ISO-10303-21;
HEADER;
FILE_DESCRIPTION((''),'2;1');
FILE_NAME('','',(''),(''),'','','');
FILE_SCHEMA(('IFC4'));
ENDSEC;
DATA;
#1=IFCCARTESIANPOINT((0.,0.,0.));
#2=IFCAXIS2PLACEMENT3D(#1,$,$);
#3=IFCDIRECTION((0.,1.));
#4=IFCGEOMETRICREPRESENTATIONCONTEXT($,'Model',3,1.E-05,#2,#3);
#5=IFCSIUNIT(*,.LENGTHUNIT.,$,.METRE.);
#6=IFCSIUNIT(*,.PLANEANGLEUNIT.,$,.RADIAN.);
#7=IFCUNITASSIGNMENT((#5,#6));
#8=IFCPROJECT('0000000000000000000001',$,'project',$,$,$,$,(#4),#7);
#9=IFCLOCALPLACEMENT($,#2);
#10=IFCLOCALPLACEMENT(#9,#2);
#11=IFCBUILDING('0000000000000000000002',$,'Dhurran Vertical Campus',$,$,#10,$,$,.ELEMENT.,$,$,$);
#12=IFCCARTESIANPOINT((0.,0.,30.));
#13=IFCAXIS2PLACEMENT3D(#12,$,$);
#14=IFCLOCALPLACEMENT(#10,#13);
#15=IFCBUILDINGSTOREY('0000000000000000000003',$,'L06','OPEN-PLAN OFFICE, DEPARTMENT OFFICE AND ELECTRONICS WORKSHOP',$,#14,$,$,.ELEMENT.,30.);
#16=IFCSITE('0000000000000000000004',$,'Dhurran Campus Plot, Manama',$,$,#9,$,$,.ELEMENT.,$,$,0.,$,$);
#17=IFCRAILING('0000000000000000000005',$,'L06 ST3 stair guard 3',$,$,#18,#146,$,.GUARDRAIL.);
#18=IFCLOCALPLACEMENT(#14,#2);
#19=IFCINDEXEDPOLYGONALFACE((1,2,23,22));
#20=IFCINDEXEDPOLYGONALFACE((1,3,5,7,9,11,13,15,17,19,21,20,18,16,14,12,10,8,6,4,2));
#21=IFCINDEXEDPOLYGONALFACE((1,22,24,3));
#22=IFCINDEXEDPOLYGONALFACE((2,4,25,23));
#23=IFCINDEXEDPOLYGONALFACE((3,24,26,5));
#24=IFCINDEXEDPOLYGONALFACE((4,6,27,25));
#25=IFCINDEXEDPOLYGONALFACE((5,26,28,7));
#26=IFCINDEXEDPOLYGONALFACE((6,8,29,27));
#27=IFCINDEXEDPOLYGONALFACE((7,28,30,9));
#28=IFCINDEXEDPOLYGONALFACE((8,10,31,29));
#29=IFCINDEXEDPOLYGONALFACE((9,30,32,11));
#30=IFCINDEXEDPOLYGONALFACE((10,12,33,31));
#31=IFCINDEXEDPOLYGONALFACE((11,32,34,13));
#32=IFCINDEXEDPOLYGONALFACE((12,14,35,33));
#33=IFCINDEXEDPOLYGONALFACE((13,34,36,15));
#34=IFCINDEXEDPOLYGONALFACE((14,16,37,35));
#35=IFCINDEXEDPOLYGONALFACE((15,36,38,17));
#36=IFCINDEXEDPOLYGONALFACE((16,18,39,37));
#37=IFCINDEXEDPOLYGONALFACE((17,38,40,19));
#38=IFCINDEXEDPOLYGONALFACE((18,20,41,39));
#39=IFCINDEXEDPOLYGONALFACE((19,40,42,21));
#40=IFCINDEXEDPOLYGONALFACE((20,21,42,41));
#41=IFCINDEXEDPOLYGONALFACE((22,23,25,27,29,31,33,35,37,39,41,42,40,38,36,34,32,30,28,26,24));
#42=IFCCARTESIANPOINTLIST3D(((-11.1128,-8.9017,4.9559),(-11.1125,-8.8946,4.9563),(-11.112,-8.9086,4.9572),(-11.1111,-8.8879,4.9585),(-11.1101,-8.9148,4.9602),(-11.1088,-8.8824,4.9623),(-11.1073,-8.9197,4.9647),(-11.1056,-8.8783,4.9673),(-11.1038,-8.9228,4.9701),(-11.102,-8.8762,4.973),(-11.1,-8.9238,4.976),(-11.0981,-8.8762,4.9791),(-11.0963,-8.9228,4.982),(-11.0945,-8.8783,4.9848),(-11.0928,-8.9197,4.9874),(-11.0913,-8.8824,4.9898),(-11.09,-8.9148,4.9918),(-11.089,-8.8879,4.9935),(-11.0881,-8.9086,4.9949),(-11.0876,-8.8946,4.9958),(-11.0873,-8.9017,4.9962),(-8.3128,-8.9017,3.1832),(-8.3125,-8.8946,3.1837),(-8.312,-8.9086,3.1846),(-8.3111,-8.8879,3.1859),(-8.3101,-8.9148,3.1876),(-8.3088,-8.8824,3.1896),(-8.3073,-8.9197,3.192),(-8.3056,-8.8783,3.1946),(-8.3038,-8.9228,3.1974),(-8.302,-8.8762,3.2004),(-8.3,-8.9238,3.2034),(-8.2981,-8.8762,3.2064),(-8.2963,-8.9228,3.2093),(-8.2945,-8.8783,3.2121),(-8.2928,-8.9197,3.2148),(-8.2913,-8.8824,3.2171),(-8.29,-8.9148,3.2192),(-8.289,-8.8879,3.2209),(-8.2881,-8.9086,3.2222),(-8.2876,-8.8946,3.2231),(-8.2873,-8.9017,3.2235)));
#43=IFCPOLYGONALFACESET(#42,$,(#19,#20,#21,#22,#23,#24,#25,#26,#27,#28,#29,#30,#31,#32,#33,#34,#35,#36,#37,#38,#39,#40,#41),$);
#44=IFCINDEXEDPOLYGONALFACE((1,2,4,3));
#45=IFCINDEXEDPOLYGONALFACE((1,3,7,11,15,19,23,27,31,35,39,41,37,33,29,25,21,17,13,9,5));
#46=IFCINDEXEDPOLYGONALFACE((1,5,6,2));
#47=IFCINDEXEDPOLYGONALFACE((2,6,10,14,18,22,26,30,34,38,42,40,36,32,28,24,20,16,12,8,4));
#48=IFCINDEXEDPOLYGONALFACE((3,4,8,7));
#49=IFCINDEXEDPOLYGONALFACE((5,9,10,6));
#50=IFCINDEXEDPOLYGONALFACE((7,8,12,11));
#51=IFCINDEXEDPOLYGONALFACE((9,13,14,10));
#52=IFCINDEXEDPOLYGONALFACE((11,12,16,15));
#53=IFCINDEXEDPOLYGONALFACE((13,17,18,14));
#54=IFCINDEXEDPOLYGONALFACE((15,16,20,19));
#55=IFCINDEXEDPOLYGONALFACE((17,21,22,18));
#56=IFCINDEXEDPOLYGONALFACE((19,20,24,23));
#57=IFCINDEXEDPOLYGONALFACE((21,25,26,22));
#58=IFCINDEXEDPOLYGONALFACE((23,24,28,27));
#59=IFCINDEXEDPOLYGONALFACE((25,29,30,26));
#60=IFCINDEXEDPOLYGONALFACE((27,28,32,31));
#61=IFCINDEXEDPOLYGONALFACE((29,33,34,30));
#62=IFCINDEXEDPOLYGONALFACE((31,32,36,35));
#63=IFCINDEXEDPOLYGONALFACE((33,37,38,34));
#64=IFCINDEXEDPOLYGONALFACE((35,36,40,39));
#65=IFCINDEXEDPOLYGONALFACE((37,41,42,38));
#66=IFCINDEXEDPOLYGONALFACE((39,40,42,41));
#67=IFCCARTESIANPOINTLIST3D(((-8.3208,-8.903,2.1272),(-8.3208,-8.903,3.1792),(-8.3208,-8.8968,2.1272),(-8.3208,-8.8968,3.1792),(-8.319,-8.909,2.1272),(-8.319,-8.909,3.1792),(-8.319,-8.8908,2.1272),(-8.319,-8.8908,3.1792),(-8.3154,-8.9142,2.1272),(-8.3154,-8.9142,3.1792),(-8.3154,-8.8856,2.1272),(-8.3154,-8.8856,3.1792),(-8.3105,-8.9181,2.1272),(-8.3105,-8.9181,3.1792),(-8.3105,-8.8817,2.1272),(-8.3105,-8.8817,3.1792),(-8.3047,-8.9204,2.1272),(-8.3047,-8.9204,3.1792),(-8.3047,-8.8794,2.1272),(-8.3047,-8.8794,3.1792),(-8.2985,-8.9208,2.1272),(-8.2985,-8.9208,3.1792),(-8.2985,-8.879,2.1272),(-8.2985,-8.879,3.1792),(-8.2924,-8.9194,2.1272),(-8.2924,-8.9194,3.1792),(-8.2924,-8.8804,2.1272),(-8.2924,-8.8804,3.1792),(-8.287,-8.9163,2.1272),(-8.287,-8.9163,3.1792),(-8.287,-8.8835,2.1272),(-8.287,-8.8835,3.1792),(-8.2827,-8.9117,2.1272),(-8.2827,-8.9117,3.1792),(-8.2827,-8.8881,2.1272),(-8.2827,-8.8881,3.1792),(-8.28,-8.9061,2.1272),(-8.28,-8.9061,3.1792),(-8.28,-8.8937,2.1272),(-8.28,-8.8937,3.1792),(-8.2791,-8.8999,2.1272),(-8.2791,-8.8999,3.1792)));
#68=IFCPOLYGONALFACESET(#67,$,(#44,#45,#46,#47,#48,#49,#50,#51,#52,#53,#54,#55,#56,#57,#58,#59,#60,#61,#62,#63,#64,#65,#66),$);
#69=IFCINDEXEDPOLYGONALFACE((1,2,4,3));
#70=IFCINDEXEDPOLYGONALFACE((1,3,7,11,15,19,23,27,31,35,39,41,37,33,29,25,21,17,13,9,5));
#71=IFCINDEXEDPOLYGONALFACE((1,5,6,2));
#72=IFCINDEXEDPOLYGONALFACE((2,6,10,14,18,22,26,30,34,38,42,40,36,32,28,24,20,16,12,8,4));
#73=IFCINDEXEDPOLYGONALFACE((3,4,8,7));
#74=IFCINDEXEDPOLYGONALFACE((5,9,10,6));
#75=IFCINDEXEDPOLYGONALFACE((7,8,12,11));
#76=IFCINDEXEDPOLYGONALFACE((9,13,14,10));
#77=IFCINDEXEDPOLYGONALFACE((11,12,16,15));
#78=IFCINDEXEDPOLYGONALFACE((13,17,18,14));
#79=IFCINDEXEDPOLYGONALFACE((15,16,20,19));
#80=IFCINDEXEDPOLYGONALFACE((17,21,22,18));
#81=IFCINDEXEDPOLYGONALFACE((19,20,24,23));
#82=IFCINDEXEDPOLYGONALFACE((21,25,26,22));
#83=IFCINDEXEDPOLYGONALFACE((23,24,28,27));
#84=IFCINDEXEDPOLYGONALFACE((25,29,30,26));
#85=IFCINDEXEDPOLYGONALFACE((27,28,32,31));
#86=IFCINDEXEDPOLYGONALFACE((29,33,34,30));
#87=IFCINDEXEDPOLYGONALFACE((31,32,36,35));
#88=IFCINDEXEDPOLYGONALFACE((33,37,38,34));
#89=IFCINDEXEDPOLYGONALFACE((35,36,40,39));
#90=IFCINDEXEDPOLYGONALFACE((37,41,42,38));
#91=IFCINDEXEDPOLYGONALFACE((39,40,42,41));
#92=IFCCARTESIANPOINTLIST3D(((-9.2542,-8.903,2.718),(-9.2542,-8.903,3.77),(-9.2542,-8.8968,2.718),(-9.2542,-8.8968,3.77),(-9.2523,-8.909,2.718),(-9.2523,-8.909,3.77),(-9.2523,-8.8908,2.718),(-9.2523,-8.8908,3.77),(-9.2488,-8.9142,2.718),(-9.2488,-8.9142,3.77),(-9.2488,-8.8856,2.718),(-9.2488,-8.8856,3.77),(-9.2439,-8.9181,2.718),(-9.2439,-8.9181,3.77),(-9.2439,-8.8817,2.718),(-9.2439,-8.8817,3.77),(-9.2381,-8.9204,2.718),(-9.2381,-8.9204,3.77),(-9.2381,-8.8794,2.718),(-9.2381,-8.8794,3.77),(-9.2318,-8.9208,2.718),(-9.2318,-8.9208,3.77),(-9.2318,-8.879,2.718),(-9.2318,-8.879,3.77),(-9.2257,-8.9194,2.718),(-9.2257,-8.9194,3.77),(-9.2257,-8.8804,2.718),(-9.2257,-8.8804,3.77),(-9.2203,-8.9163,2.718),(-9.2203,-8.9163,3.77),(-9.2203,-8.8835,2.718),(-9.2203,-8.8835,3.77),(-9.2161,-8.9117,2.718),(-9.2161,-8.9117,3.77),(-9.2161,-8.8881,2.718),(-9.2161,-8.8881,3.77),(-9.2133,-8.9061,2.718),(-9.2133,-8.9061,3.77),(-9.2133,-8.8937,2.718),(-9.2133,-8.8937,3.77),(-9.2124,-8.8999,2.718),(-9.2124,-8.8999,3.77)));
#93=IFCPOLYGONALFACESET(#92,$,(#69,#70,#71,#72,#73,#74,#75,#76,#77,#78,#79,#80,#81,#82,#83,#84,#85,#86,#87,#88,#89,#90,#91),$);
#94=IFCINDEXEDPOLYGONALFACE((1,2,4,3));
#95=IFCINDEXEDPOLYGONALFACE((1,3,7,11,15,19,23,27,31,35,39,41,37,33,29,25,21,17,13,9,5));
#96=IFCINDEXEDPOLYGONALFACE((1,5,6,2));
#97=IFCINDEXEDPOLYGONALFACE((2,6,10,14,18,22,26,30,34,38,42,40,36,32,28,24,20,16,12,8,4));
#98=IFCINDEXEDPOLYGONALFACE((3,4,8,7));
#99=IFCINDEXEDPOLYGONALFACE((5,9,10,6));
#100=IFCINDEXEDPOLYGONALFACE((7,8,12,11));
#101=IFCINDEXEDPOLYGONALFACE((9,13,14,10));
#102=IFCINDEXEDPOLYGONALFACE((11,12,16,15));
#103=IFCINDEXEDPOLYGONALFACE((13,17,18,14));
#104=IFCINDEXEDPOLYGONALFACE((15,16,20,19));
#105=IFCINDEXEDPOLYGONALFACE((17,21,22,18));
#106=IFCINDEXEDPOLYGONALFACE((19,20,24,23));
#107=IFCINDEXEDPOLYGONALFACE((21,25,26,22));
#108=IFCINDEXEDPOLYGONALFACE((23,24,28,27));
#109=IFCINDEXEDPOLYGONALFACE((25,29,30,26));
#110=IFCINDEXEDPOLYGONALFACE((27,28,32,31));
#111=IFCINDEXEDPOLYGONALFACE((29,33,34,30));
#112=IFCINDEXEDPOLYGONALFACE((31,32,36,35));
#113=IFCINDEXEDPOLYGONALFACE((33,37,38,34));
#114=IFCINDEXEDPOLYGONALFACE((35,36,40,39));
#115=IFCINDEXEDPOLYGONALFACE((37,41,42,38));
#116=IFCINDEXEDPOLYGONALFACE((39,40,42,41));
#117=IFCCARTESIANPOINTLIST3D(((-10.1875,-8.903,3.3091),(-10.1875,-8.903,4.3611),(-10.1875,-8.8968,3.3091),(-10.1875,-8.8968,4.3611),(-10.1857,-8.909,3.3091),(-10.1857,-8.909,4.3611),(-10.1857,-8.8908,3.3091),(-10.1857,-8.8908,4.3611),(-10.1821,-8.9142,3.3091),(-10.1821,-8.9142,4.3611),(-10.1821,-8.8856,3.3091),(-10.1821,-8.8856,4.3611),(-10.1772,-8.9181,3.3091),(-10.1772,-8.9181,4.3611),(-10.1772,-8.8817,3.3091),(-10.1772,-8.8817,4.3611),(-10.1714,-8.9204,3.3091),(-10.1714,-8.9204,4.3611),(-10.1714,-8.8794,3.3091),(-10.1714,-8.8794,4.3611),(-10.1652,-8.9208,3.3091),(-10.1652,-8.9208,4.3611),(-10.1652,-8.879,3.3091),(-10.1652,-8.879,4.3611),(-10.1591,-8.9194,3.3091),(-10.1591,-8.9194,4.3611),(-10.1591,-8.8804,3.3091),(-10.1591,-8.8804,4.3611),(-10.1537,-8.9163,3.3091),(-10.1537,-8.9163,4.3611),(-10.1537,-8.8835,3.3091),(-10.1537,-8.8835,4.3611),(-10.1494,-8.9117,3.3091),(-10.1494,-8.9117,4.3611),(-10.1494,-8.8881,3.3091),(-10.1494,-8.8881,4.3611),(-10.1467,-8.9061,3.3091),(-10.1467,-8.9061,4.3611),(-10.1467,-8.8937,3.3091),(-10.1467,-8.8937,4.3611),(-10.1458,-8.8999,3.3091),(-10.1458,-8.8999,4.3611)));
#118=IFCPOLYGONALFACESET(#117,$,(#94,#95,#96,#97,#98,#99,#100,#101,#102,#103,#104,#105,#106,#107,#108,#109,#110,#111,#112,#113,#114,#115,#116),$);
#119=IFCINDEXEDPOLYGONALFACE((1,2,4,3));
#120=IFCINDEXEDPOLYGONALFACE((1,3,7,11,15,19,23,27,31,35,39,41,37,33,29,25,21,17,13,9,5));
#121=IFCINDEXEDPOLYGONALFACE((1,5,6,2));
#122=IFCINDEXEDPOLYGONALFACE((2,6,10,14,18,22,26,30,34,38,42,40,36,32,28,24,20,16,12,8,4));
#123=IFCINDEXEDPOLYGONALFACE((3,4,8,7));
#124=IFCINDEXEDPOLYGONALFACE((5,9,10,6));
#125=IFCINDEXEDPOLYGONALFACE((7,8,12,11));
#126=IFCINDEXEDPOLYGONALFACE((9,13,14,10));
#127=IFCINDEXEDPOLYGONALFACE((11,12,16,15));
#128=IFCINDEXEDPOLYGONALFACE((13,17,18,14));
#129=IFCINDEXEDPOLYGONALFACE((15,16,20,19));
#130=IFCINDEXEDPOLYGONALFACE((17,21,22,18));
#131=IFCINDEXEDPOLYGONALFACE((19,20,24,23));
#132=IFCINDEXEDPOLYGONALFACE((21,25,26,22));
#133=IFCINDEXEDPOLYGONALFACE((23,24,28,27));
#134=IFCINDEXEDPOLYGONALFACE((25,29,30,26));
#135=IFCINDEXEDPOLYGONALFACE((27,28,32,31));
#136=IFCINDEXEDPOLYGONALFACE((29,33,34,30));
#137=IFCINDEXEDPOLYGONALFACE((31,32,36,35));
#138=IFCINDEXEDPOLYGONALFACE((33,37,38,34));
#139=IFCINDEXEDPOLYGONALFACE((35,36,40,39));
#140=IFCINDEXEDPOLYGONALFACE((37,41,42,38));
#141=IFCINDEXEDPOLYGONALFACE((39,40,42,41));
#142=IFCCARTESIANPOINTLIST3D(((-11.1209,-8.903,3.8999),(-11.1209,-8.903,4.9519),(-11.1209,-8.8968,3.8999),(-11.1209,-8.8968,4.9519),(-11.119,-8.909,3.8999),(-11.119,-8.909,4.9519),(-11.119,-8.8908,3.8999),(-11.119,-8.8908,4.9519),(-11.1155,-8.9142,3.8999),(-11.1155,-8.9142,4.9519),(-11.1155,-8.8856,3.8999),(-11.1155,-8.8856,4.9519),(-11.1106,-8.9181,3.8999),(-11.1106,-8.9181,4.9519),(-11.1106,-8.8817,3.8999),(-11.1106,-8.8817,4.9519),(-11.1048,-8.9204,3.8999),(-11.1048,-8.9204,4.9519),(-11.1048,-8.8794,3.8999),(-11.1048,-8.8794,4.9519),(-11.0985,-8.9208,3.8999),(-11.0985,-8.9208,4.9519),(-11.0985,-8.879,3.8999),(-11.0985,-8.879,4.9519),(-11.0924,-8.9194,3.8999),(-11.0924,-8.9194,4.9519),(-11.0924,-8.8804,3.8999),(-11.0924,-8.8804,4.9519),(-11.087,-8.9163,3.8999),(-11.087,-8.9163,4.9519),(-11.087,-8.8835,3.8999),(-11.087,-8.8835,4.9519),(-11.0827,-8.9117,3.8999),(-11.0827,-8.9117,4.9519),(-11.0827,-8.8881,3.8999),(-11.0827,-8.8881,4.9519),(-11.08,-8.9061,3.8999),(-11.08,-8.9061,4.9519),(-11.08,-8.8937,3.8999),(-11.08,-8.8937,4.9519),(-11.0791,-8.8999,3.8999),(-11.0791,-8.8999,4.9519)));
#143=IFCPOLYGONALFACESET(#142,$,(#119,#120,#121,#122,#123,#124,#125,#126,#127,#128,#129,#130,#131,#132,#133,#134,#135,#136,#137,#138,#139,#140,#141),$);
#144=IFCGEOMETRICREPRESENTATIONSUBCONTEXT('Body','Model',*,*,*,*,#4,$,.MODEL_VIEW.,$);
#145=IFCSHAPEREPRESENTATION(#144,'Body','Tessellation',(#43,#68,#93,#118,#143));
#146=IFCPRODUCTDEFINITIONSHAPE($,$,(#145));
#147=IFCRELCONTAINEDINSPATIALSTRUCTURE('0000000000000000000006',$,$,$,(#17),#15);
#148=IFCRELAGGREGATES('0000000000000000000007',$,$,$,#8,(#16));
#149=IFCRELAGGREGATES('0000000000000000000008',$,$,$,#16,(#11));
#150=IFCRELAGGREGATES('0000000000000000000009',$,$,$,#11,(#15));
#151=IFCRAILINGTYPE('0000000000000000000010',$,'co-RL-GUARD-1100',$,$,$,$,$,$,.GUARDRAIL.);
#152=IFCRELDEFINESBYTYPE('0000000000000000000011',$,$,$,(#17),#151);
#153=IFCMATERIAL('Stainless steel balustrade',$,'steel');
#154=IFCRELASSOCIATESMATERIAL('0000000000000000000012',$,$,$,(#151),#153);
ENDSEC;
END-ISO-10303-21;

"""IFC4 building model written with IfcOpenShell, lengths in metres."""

from ifc_helpers import new_model, si_unit, direction, frame, origin, origin_2d, place, context, subcontext, project, spatial, circle, extrude, material, type_object, element, save


model = new_model("IFC4")

# Units and contexts
model_context = context("Model", 3, precision=1e-05, world=origin(), true_north=direction((0.0, 1.0)))
body_context = subcontext(model_context, "Body", "Model", "MODEL_VIEW")
ifc_project = project(units=[si_unit("LENGTHUNIT", "METRE"), si_unit("PLANEANGLEUNIT", "RADIAN")], contexts=[model_context])

# Site, building, storey
site_placement = place(None, origin())
site = spatial("IfcSite", under=ifc_project, at=site_placement, Name="Dhurran Campus Plot, Manama", CompositionType="ELEMENT", RefElevation=0.0)
building_placement = place(site_placement, origin())
building = spatial("IfcBuilding", under=site, at=building_placement, Name="Dhurran Vertical Campus", CompositionType="ELEMENT")
storey_placement = place(building_placement, frame((0.0, 0.0, 30.0)))
storey = spatial("IfcBuildingStorey", under=building, at=storey_placement, Name="L06", Description="OPEN-PLAN OFFICE, DEPARTMENT OFFICE AND ELECTRONICS WORKSHOP", CompositionType="ELEMENT", Elevation=30.0)

# Railing
ifc_material_1 = material(Name="Stainless steel balustrade", Category="steel")
railing_type_1 = type_object("IfcRailingType", Name="co-RL-GUARD-1100", PredefinedType="GUARDRAIL", material=ifc_material_1)
railing_1_placement = place(storey_placement, frame((-8.3, -8.8999, 2.1272)))
element("IfcRailing", 1, at=railing_1_placement, inside=storey, type_object=railing_type_1, Name="L06 ST3 stair guard 3", PredefinedType="GUARDRAIL", context=body_context, shape_type="SweptSolid", body=[
    extrude(circle(Radius=0.0239, at=origin_2d()), frame((0.0, 0.0, 1.0762), z_axis=(-0.844909, 0.0, 0.53491), x_axis=(0.0, -1.0, 0.0)), (0.0, 0.0, 1.0), 3.314),
    extrude(circle(Radius=0.021, at=origin_2d()), origin(), (0.0, 0.0, 1.0), 1.052),
    extrude(circle(Radius=0.021, at=origin_2d()), frame((-0.9333, 0.0, 0.5908)), (0.0, 0.0, 1.0), 1.052),
    extrude(circle(Radius=0.021, at=origin_2d()), frame((-1.8667, 0.0, 1.1819)), (0.0, 0.0, 1.0), 1.052),
    extrude(circle(Radius=0.021, at=origin_2d()), frame((-2.8, 0.0, 1.7727)), (0.0, 0.0, 1.0), 1.052),
])

save(model, "model.ifc")
